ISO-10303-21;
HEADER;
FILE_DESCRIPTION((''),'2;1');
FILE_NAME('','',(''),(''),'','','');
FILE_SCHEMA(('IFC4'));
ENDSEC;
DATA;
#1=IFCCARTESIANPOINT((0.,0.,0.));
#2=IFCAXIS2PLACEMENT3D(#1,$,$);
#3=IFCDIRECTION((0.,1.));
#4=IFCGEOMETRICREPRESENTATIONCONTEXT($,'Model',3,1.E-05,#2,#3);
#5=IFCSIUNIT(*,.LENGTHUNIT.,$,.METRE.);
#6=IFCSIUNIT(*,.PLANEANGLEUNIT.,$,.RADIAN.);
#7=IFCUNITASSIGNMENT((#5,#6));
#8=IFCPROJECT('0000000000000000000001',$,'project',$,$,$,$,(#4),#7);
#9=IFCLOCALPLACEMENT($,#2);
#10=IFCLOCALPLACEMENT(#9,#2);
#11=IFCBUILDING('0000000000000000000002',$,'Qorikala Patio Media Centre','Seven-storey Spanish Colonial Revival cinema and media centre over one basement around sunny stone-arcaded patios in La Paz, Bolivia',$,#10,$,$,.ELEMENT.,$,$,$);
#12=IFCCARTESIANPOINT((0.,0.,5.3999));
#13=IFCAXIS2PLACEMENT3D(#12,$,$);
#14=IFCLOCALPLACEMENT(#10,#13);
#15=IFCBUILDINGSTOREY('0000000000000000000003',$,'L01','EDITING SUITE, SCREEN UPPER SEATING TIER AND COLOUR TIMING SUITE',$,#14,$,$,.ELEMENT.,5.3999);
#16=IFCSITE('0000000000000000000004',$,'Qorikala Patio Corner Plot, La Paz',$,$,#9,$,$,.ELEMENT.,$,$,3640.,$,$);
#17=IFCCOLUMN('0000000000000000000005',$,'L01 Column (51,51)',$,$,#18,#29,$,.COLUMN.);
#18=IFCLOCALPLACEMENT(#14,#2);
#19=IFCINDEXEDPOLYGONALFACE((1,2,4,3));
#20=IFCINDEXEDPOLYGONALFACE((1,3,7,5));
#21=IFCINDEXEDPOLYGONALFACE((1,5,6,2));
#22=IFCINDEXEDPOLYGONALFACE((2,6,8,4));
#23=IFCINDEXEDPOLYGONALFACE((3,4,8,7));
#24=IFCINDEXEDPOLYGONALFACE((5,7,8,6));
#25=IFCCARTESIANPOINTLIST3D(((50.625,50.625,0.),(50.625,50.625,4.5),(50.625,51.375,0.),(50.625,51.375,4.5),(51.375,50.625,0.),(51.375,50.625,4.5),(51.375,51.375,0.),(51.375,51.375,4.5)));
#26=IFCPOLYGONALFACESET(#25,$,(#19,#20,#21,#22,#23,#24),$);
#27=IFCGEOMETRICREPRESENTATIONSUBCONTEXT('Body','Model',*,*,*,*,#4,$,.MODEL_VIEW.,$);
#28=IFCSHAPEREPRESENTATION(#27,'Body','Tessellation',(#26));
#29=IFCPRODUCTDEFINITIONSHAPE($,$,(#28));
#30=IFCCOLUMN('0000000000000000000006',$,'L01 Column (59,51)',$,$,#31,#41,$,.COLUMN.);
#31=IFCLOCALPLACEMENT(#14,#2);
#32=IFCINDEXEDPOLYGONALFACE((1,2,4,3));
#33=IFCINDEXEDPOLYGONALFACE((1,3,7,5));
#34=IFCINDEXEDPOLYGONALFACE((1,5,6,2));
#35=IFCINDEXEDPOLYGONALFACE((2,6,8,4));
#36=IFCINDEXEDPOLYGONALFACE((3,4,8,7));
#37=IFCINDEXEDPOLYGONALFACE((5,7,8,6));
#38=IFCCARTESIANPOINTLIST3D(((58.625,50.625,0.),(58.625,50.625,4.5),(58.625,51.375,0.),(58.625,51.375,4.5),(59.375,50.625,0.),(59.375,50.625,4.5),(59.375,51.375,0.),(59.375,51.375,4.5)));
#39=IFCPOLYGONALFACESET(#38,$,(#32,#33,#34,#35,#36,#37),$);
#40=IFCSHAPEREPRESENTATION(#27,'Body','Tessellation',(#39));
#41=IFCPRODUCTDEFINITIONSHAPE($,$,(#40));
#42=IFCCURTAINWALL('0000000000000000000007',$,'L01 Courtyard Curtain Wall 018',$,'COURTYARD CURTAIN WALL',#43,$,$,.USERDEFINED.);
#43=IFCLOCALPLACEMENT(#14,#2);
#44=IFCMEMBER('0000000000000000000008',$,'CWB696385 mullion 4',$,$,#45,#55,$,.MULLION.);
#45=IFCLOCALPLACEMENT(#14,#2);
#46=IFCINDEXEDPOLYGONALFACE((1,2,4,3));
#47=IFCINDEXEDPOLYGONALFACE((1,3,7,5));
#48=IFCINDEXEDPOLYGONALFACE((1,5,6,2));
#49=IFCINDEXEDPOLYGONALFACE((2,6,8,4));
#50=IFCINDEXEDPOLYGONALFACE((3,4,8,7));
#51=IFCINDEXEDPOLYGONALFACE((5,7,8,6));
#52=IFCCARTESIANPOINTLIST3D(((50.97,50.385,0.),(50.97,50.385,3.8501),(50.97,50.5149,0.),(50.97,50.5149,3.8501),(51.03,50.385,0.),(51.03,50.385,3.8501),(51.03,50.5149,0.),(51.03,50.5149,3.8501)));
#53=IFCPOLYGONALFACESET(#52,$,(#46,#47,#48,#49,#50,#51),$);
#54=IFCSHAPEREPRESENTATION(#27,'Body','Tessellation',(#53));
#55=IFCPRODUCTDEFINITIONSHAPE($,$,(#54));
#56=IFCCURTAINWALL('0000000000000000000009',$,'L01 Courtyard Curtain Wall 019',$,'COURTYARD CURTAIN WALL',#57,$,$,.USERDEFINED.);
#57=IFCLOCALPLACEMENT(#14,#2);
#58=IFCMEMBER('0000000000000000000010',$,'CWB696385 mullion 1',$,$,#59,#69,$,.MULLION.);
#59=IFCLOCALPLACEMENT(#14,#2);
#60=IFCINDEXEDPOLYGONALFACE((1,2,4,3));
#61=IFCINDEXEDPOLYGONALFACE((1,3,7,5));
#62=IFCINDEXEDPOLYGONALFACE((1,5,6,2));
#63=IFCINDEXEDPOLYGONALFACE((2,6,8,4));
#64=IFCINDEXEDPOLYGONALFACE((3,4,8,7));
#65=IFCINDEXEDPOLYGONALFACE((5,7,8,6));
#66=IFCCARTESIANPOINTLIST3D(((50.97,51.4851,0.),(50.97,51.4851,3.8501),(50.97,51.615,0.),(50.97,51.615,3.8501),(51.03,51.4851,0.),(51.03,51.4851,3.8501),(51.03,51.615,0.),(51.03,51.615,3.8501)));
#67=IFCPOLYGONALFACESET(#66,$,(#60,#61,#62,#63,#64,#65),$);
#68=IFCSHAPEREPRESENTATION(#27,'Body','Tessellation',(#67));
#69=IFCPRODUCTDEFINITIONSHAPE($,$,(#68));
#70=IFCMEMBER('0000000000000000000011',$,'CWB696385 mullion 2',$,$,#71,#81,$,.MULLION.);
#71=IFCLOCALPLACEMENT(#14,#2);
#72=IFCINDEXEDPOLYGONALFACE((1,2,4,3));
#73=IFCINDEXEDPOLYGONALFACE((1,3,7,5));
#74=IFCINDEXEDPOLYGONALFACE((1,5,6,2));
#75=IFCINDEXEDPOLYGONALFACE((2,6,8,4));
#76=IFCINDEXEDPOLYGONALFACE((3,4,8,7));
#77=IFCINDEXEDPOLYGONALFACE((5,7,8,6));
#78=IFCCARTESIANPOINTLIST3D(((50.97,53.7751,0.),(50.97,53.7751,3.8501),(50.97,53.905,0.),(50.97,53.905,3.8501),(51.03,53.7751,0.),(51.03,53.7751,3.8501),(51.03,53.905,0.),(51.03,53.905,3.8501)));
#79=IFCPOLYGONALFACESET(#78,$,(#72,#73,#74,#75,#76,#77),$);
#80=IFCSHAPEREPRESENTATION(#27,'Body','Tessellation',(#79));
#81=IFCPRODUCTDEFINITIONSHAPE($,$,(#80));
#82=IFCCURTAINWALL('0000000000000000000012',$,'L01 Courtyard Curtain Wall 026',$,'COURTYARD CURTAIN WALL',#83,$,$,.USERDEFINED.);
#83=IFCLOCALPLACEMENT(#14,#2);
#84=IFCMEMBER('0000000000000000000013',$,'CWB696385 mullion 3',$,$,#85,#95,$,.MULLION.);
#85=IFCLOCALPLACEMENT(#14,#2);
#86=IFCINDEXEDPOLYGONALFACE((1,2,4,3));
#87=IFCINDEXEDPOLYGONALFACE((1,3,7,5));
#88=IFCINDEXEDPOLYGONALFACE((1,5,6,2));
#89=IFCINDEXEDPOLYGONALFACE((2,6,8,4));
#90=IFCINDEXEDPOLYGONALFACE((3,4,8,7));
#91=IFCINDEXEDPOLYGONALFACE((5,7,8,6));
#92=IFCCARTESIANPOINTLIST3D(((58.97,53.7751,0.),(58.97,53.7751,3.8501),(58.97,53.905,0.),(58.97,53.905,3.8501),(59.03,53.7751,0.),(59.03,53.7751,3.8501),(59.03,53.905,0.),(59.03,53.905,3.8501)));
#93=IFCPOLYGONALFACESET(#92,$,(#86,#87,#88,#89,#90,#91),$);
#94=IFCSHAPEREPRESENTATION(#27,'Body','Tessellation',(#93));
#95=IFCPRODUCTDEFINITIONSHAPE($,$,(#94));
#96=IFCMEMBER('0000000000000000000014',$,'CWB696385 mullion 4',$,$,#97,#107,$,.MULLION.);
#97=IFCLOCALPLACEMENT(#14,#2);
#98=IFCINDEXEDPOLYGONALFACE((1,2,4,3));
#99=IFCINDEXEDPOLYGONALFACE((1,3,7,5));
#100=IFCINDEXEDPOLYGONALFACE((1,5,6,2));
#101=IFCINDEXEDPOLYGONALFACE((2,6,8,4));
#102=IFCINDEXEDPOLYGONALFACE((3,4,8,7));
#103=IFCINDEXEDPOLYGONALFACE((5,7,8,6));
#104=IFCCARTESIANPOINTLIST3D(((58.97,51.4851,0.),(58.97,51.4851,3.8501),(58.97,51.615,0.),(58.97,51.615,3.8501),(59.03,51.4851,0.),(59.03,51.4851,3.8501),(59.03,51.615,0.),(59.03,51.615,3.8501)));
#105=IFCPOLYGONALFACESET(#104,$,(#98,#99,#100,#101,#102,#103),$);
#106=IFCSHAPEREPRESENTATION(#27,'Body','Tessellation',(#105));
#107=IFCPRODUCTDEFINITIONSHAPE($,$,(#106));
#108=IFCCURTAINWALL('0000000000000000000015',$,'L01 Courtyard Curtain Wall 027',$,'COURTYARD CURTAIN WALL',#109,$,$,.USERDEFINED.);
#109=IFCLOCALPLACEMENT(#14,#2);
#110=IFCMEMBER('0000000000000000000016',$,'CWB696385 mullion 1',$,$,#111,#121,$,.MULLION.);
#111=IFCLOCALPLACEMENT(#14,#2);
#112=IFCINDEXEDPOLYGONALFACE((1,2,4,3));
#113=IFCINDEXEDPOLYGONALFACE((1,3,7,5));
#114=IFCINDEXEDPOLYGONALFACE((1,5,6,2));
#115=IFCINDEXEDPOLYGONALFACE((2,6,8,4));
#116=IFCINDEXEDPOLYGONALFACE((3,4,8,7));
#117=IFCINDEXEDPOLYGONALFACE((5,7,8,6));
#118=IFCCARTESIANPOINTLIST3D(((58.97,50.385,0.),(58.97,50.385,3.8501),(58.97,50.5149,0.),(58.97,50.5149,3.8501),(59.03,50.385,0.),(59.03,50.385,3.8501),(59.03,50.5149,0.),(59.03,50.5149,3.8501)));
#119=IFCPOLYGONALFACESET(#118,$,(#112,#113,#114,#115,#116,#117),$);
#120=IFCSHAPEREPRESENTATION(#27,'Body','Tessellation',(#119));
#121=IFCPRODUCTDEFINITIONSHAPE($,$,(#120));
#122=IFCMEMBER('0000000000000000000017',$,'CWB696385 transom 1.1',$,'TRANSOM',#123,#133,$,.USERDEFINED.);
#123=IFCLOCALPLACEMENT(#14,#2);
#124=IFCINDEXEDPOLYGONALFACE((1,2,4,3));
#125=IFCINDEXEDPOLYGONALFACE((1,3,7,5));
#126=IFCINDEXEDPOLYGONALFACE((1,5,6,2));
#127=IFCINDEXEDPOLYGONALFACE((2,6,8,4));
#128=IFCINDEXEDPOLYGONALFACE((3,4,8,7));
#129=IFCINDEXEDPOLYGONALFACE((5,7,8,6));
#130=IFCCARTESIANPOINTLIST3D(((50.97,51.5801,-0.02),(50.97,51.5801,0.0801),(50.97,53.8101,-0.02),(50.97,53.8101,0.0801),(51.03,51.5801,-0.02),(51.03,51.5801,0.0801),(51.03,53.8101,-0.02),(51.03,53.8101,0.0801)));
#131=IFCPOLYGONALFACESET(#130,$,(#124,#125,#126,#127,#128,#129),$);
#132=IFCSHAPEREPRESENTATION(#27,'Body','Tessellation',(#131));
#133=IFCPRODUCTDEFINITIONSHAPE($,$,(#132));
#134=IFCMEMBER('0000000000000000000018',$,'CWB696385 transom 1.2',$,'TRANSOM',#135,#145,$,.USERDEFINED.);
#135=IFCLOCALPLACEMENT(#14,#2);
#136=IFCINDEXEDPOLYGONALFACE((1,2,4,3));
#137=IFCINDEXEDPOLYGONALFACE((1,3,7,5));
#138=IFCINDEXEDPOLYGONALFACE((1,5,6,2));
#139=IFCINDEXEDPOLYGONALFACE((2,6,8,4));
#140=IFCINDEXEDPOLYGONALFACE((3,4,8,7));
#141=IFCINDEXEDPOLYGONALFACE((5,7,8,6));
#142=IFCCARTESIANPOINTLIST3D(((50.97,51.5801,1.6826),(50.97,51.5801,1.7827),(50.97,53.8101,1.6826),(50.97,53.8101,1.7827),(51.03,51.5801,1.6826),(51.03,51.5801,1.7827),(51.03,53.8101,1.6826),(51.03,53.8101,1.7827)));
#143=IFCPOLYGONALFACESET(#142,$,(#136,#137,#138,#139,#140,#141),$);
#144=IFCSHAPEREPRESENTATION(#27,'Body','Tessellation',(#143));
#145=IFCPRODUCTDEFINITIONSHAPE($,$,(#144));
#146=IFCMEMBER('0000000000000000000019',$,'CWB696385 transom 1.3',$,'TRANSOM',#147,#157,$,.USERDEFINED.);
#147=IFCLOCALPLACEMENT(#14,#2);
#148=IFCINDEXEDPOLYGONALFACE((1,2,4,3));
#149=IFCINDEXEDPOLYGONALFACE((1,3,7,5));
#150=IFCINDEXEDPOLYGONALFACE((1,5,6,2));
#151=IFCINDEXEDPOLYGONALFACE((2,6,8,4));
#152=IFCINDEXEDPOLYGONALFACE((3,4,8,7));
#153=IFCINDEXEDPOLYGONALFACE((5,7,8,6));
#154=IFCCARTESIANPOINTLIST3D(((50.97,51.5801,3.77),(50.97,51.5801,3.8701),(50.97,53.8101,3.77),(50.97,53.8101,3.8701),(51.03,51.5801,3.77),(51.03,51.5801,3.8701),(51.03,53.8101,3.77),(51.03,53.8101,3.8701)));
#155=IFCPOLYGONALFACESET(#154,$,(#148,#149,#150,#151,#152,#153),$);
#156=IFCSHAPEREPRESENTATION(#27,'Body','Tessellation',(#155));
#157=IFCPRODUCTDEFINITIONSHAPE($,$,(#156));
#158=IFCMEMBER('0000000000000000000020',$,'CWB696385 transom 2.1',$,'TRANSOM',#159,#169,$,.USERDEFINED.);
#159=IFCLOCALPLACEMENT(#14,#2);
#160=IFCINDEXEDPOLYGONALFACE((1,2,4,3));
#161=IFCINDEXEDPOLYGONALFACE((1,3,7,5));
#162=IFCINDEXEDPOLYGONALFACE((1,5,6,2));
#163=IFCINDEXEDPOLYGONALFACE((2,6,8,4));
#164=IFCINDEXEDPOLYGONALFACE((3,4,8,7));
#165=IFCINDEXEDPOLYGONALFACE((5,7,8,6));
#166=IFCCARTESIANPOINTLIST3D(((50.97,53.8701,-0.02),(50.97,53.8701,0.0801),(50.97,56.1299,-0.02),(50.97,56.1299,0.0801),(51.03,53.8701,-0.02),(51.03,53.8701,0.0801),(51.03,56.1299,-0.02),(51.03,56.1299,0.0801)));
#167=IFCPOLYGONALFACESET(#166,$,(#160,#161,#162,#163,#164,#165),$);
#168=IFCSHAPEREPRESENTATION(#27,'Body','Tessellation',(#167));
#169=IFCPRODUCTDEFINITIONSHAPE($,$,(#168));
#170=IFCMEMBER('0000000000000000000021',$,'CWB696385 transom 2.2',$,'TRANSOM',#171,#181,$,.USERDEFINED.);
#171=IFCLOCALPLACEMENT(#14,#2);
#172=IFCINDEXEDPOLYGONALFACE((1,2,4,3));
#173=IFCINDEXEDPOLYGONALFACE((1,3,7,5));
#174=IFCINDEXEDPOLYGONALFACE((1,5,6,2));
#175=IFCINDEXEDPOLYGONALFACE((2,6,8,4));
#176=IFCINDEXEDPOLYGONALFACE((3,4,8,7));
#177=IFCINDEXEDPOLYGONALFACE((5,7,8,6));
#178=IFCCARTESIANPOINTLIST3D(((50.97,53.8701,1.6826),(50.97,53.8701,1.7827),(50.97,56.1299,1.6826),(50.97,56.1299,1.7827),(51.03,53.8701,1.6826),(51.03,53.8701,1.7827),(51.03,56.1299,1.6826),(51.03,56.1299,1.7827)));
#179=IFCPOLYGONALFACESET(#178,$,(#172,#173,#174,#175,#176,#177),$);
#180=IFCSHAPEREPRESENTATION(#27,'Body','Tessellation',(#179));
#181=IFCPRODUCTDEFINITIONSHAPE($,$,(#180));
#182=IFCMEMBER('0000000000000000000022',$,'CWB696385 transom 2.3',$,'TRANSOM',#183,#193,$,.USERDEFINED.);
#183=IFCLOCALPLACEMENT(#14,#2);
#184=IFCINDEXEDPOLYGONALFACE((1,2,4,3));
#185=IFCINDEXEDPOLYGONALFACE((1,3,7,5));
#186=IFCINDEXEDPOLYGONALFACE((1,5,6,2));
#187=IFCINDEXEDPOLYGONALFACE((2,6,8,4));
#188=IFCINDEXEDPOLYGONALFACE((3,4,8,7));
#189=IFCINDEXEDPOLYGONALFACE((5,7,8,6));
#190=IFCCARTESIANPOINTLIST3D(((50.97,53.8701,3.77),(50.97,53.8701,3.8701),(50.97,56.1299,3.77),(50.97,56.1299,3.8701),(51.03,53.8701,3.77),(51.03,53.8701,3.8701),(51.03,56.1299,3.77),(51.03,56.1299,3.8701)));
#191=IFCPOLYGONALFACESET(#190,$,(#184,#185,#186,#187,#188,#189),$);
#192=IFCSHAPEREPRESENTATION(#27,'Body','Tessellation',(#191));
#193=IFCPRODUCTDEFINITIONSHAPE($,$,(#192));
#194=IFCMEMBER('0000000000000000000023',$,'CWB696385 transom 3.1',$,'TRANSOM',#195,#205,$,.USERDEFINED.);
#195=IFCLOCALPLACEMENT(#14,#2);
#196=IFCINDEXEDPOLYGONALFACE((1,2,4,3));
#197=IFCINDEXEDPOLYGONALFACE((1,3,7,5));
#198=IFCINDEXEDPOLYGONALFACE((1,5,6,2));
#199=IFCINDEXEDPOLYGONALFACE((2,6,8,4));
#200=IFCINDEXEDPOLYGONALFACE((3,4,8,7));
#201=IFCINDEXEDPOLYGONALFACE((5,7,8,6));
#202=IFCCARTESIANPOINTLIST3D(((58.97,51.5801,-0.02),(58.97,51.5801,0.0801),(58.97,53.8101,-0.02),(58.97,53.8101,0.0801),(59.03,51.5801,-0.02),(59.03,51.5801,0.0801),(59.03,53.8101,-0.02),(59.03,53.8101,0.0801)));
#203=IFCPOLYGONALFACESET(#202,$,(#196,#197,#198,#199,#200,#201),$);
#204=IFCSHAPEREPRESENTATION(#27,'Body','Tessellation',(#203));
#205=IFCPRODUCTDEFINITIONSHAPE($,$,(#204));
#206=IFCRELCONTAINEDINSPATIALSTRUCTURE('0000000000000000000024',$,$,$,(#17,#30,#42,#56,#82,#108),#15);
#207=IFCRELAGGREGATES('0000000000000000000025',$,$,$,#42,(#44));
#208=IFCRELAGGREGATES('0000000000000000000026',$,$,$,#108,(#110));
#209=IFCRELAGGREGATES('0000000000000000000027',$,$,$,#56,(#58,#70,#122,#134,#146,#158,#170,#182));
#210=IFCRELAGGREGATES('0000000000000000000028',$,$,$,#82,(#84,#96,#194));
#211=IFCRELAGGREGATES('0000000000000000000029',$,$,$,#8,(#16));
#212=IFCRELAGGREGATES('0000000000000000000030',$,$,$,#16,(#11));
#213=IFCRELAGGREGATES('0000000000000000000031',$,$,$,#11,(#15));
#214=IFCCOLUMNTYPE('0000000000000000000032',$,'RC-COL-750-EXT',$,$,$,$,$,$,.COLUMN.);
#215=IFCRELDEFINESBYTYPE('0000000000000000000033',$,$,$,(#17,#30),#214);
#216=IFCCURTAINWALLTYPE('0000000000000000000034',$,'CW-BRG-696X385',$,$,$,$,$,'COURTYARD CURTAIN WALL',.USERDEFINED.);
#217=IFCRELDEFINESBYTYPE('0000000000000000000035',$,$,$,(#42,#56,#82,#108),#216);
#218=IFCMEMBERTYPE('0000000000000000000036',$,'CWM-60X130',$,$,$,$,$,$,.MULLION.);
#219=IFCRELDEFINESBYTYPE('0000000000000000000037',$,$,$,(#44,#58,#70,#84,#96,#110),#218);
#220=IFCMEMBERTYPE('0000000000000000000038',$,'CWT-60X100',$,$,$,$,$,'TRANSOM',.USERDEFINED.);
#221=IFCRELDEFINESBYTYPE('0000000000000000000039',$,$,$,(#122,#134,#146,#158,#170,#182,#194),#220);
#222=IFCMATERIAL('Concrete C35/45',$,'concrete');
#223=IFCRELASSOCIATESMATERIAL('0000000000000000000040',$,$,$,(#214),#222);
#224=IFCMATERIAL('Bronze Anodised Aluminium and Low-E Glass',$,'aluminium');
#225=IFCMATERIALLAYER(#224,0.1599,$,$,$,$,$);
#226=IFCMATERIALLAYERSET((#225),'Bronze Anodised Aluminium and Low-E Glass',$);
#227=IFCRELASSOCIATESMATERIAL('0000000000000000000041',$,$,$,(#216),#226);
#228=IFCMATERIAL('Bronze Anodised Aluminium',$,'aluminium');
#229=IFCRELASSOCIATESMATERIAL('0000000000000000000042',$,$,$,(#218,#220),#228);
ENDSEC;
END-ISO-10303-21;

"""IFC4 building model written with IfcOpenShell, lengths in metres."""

from ifc_helpers import new_model, si_unit, direction, frame, origin, origin_2d, place, context, subcontext, project, spatial, rectangle, extrude, material, layer, layer_set, material_profile, profile_set, type_object, element, aggregate, save


model = new_model("IFC4")

# Units and contexts
model_context = context("Model", 3, precision=1e-05, world=origin(), true_north=direction((0.0, 1.0)))
body_context = subcontext(model_context, "Body", "Model", "MODEL_VIEW")
ifc_project = project(units=[si_unit("LENGTHUNIT", "METRE"), si_unit("PLANEANGLEUNIT", "RADIAN")], contexts=[model_context])

# Site, building, storey
site_placement = place(None, origin())
site = spatial("IfcSite", under=ifc_project, at=site_placement, Name="Qorikala Patio Corner Plot, La Paz", CompositionType="ELEMENT", RefElevation=3640.0)
building_placement = place(site_placement, origin())
building = spatial("IfcBuilding", under=site, at=building_placement, Name="Qorikala Patio Media Centre", Description="Seven-storey Spanish Colonial Revival cinema and media centre over one basement around sunny stone-arcaded patios in La Paz, Bolivia", CompositionType="ELEMENT")
storey_placement = place(building_placement, frame((0.0, 0.0, 5.3999)))
storey = spatial("IfcBuildingStorey", under=building, at=storey_placement, Name="L01", Description="EDITING SUITE, SCREEN UPPER SEATING TIER AND COLOUR TIMING SUITE", CompositionType="ELEMENT", Elevation=5.3999)

# Columns
ifc_material_1 = material(Name="Concrete C35/45", Category="concrete")
ifc_material_profile_1 = material_profile(ifc_material_1, rectangle(XDim=0.75, YDim=0.75, at=origin_2d()), Name="RC 750x750")
ifc_profile_set_1 = profile_set([ifc_material_profile_1], Name="Concrete C35/45")
column_type = type_object("IfcColumnType", Name="RC-COL-750-EXT", PredefinedType="COLUMN", material=ifc_profile_set_1)
for number, where, z_axis, x_axis, name in (
    (1, (51.0, 51.0, 0.0), (0.0, 0.0, 1.0), (1.0, 0.0, 0.0), "L01 Column (51,51)"),
    (2, (59.0, 51.0, 0.0), (0.0, 0.0, 1.0), (1.0, 0.0, 0.0), "L01 Column (59,51)"),
):
    element("IfcColumn", number, at=place(storey_placement, frame(where, z_axis=z_axis, x_axis=x_axis)), inside=storey, type_object=column_type, Name=name, PredefinedType="COLUMN", context=body_context, shape_type="SweptSolid", body=[
        extrude(rectangle(XDim=0.75, YDim=0.75, at=origin_2d()), origin(), (0.0, 0.0, 1.0), 4.5),
    ])

# Curtain wall, member
ifc_material_2 = material(Name="Bronze Anodised Aluminium and Low-E Glass", Category="aluminium")
ifc_layer_1 = layer(ifc_material_2, 0.1599)
ifc_layer_set_1 = layer_set([ifc_layer_1], Name="Bronze Anodised Aluminium and Low-E Glass")
curtain_wall_type = type_object("IfcCurtainWallType", Name="CW-BRG-696X385", ElementType="COURTYARD CURTAIN WALL", PredefinedType="USERDEFINED", material=ifc_layer_set_1)
curtain_wall_1_placement = place(storey_placement, origin())
curtain_wall_1 = element("IfcCurtainWall", 3, at=curtain_wall_1_placement, inside=storey, type_object=curtain_wall_type, Name="L01 Courtyard Curtain Wall 018", ObjectType="COURTYARD CURTAIN WALL", PredefinedType="USERDEFINED")
ifc_material_3 = material(Name="Bronze Anodised Aluminium", Category="aluminium")
ifc_material_profile_2 = material_profile(ifc_material_3, rectangle(XDim=0.0601, YDim=0.1299, at=origin_2d()), Name="ALU MULLION 60x130")
ifc_profile_set_2 = profile_set([ifc_material_profile_2], Name="Bronze Anodised Aluminium")
member_type_1 = type_object("IfcMemberType", Name="CWM-60X130", PredefinedType="MULLION", material=ifc_profile_set_2)
member_1_placement = place(storey_placement, frame((51.0, 50.45, 0.0), z_axis=(0.0, 0.0, 1.0), x_axis=(-1.0, 0.0, 0.0)))
member_1 = element("IfcMember", 4, at=member_1_placement, type_object=member_type_1, Name="CWB696385 mullion 4", PredefinedType="MULLION", context=body_context, shape_type="SweptSolid", body=[
    extrude(rectangle(XDim=0.0601, YDim=0.1299, at=origin_2d()), origin(), (0.0, 0.0, 1.0), 3.8501),
])
aggregate(curtain_wall_1, [member_1])

# Curtain walls, members
curtain_wall_2_placement = place(storey_placement, origin())
curtain_wall_2 = element("IfcCurtainWall", 5, at=curtain_wall_2_placement, inside=storey, type_object=curtain_wall_type, Name="L01 Courtyard Curtain Wall 019", ObjectType="COURTYARD CURTAIN WALL", PredefinedType="USERDEFINED")
member_2_placement = place(storey_placement, frame((51.0, 51.55, 0.0), z_axis=(0.0, 0.0, 1.0), x_axis=(-1.0, 0.0, 0.0)))
member_2 = element("IfcMember", 6, at=member_2_placement, type_object=member_type_1, Name="CWB696385 mullion 1", PredefinedType="MULLION", context=body_context, shape_type="SweptSolid", body=[
    extrude(rectangle(XDim=0.0601, YDim=0.1299, at=origin_2d()), origin(), (0.0, 0.0, 1.0), 3.8501),
])
member_3_placement = place(storey_placement, frame((51.0, 53.8401, 0.0), z_axis=(0.0, 0.0, 1.0), x_axis=(-1.0, 0.0, 0.0)))
member_3 = element("IfcMember", 7, at=member_3_placement, type_object=member_type_1, Name="CWB696385 mullion 2", PredefinedType="MULLION", context=body_context, shape_type="SweptSolid", body=[
    extrude(rectangle(XDim=0.0601, YDim=0.1299, at=origin_2d()), origin(), (0.0, 0.0, 1.0), 3.8501),
])
curtain_wall_3_placement = place(storey_placement, origin())
curtain_wall_3 = element("IfcCurtainWall", 8, at=curtain_wall_3_placement, inside=storey, type_object=curtain_wall_type, Name="L01 Courtyard Curtain Wall 026", ObjectType="COURTYARD CURTAIN WALL", PredefinedType="USERDEFINED")
member_4_placement = place(storey_placement, frame((59.0, 53.8401, 0.0), z_axis=(0.0, 0.0, 1.0), x_axis=(1.0, 0.0, 0.0)))
member_4 = element("IfcMember", 9, at=member_4_placement, type_object=member_type_1, Name="CWB696385 mullion 3", PredefinedType="MULLION", context=body_context, shape_type="SweptSolid", body=[
    extrude(rectangle(XDim=0.0601, YDim=0.1299, at=origin_2d()), origin(), (0.0, 0.0, 1.0), 3.8501),
])
member_5_placement = place(storey_placement, frame((59.0, 51.55, 0.0), z_axis=(0.0, 0.0, 1.0), x_axis=(1.0, 0.0, 0.0)))
member_5 = element("IfcMember", 10, at=member_5_placement, type_object=member_type_1, Name="CWB696385 mullion 4", PredefinedType="MULLION", context=body_context, shape_type="SweptSolid", body=[
    extrude(rectangle(XDim=0.0601, YDim=0.1299, at=origin_2d()), origin(), (0.0, 0.0, 1.0), 3.8501),
])

# Curtain wall, member
curtain_wall_4_placement = place(storey_placement, origin())
curtain_wall_4 = element("IfcCurtainWall", 11, at=curtain_wall_4_placement, inside=storey, type_object=curtain_wall_type, Name="L01 Courtyard Curtain Wall 027", ObjectType="COURTYARD CURTAIN WALL", PredefinedType="USERDEFINED")
member_6_placement = place(storey_placement, frame((59.0, 50.45, 0.0), z_axis=(0.0, 0.0, 1.0), x_axis=(1.0, 0.0, 0.0)))
member_6 = element("IfcMember", 12, at=member_6_placement, type_object=member_type_1, Name="CWB696385 mullion 1", PredefinedType="MULLION", context=body_context, shape_type="SweptSolid", body=[
    extrude(rectangle(XDim=0.0601, YDim=0.1299, at=origin_2d()), origin(), (0.0, 0.0, 1.0), 3.8501),
])

# Members
ifc_material_profile_3 = material_profile(ifc_material_3, rectangle(XDim=0.0601, YDim=0.1001, at=origin_2d()), Name="ALU TRANSOM 60x100")
ifc_profile_set_3 = profile_set([ifc_material_profile_3], Name="Bronze Anodised Aluminium")
member_type_2 = type_object("IfcMemberType", Name="CWT-60X100", ElementType="TRANSOM", PredefinedType="USERDEFINED", material=ifc_profile_set_3)
member_7_placement = place(storey_placement, frame((51.0, 51.5801, 0.03), z_axis=(0.0, 1.0, 0.0), x_axis=(-1.0, 0.0, 0.0)))
member_7 = element("IfcMember", 13, at=member_7_placement, type_object=member_type_2, Name="CWB696385 transom 1.1", ObjectType="TRANSOM", PredefinedType="USERDEFINED", context=body_context, shape_type="SweptSolid", body=[
    extrude(rectangle(XDim=0.0601, YDim=0.1001, at=origin_2d()), origin(), (0.0, 0.0, 1.0), 2.23),
])
member_8_placement = place(storey_placement, frame((51.0, 51.5801, 1.7327), z_axis=(0.0, 1.0, 0.0), x_axis=(-1.0, 0.0, 0.0)))
member_8 = element("IfcMember", 14, at=member_8_placement, type_object=member_type_2, Name="CWB696385 transom 1.2", ObjectType="TRANSOM", PredefinedType="USERDEFINED", context=body_context, shape_type="SweptSolid", body=[
    extrude(rectangle(XDim=0.0601, YDim=0.1001, at=origin_2d()), origin(), (0.0, 0.0, 1.0), 2.23),
])
member_9_placement = place(storey_placement, frame((51.0, 51.5801, 3.8201), z_axis=(0.0, 1.0, 0.0), x_axis=(-1.0, 0.0, 0.0)))
member_9 = element("IfcMember", 15, at=member_9_placement, type_object=member_type_2, Name="CWB696385 transom 1.3", ObjectType="TRANSOM", PredefinedType="USERDEFINED", context=body_context, shape_type="SweptSolid", body=[
    extrude(rectangle(XDim=0.0601, YDim=0.1001, at=origin_2d()), origin(), (0.0, 0.0, 1.0), 2.23),
])
member_10_placement = place(storey_placement, frame((51.0, 53.8701, 0.03), z_axis=(0.0, 1.0, 0.0), x_axis=(-1.0, 0.0, 0.0)))
member_10 = element("IfcMember", 16, at=member_10_placement, type_object=member_type_2, Name="CWB696385 transom 2.1", ObjectType="TRANSOM", PredefinedType="USERDEFINED", context=body_context, shape_type="SweptSolid", body=[
    extrude(rectangle(XDim=0.0601, YDim=0.1001, at=origin_2d()), origin(), (0.0, 0.0, 1.0), 2.2598),
])
member_11_placement = place(storey_placement, frame((51.0, 53.8701, 1.7327), z_axis=(0.0, 1.0, 0.0), x_axis=(-1.0, 0.0, 0.0)))
member_11 = element("IfcMember", 17, at=member_11_placement, type_object=member_type_2, Name="CWB696385 transom 2.2", ObjectType="TRANSOM", PredefinedType="USERDEFINED", context=body_context, shape_type="SweptSolid", body=[
    extrude(rectangle(XDim=0.0601, YDim=0.1001, at=origin_2d()), origin(), (0.0, 0.0, 1.0), 2.2598),
])
member_12_placement = place(storey_placement, frame((51.0, 53.8701, 3.8201), z_axis=(0.0, 1.0, 0.0), x_axis=(-1.0, 0.0, 0.0)))
member_12 = element("IfcMember", 18, at=member_12_placement, type_object=member_type_2, Name="CWB696385 transom 2.3", ObjectType="TRANSOM", PredefinedType="USERDEFINED", context=body_context, shape_type="SweptSolid", body=[
    extrude(rectangle(XDim=0.0601, YDim=0.1001, at=origin_2d()), origin(), (0.0, 0.0, 1.0), 2.2598),
])
member_13_placement = place(storey_placement, frame((59.0, 53.8101, 0.03), z_axis=(0.0, -1.0, 0.0), x_axis=(1.0, 0.0, 0.0)))
member_13 = element("IfcMember", 19, at=member_13_placement, type_object=member_type_2, Name="CWB696385 transom 3.1", ObjectType="TRANSOM", PredefinedType="USERDEFINED", context=body_context, shape_type="SweptSolid", body=[
    extrude(rectangle(XDim=0.0601, YDim=0.1001, at=origin_2d()), origin(), (0.0, 0.0, 1.0), 2.23),
])
aggregate(curtain_wall_4, [member_6])

aggregate(curtain_wall_2, [member_2, member_3, member_7, member_8, member_9, member_10, member_11, member_12])
aggregate(curtain_wall_3, [member_4, member_5, member_13])

save(model, "model.ifc")
